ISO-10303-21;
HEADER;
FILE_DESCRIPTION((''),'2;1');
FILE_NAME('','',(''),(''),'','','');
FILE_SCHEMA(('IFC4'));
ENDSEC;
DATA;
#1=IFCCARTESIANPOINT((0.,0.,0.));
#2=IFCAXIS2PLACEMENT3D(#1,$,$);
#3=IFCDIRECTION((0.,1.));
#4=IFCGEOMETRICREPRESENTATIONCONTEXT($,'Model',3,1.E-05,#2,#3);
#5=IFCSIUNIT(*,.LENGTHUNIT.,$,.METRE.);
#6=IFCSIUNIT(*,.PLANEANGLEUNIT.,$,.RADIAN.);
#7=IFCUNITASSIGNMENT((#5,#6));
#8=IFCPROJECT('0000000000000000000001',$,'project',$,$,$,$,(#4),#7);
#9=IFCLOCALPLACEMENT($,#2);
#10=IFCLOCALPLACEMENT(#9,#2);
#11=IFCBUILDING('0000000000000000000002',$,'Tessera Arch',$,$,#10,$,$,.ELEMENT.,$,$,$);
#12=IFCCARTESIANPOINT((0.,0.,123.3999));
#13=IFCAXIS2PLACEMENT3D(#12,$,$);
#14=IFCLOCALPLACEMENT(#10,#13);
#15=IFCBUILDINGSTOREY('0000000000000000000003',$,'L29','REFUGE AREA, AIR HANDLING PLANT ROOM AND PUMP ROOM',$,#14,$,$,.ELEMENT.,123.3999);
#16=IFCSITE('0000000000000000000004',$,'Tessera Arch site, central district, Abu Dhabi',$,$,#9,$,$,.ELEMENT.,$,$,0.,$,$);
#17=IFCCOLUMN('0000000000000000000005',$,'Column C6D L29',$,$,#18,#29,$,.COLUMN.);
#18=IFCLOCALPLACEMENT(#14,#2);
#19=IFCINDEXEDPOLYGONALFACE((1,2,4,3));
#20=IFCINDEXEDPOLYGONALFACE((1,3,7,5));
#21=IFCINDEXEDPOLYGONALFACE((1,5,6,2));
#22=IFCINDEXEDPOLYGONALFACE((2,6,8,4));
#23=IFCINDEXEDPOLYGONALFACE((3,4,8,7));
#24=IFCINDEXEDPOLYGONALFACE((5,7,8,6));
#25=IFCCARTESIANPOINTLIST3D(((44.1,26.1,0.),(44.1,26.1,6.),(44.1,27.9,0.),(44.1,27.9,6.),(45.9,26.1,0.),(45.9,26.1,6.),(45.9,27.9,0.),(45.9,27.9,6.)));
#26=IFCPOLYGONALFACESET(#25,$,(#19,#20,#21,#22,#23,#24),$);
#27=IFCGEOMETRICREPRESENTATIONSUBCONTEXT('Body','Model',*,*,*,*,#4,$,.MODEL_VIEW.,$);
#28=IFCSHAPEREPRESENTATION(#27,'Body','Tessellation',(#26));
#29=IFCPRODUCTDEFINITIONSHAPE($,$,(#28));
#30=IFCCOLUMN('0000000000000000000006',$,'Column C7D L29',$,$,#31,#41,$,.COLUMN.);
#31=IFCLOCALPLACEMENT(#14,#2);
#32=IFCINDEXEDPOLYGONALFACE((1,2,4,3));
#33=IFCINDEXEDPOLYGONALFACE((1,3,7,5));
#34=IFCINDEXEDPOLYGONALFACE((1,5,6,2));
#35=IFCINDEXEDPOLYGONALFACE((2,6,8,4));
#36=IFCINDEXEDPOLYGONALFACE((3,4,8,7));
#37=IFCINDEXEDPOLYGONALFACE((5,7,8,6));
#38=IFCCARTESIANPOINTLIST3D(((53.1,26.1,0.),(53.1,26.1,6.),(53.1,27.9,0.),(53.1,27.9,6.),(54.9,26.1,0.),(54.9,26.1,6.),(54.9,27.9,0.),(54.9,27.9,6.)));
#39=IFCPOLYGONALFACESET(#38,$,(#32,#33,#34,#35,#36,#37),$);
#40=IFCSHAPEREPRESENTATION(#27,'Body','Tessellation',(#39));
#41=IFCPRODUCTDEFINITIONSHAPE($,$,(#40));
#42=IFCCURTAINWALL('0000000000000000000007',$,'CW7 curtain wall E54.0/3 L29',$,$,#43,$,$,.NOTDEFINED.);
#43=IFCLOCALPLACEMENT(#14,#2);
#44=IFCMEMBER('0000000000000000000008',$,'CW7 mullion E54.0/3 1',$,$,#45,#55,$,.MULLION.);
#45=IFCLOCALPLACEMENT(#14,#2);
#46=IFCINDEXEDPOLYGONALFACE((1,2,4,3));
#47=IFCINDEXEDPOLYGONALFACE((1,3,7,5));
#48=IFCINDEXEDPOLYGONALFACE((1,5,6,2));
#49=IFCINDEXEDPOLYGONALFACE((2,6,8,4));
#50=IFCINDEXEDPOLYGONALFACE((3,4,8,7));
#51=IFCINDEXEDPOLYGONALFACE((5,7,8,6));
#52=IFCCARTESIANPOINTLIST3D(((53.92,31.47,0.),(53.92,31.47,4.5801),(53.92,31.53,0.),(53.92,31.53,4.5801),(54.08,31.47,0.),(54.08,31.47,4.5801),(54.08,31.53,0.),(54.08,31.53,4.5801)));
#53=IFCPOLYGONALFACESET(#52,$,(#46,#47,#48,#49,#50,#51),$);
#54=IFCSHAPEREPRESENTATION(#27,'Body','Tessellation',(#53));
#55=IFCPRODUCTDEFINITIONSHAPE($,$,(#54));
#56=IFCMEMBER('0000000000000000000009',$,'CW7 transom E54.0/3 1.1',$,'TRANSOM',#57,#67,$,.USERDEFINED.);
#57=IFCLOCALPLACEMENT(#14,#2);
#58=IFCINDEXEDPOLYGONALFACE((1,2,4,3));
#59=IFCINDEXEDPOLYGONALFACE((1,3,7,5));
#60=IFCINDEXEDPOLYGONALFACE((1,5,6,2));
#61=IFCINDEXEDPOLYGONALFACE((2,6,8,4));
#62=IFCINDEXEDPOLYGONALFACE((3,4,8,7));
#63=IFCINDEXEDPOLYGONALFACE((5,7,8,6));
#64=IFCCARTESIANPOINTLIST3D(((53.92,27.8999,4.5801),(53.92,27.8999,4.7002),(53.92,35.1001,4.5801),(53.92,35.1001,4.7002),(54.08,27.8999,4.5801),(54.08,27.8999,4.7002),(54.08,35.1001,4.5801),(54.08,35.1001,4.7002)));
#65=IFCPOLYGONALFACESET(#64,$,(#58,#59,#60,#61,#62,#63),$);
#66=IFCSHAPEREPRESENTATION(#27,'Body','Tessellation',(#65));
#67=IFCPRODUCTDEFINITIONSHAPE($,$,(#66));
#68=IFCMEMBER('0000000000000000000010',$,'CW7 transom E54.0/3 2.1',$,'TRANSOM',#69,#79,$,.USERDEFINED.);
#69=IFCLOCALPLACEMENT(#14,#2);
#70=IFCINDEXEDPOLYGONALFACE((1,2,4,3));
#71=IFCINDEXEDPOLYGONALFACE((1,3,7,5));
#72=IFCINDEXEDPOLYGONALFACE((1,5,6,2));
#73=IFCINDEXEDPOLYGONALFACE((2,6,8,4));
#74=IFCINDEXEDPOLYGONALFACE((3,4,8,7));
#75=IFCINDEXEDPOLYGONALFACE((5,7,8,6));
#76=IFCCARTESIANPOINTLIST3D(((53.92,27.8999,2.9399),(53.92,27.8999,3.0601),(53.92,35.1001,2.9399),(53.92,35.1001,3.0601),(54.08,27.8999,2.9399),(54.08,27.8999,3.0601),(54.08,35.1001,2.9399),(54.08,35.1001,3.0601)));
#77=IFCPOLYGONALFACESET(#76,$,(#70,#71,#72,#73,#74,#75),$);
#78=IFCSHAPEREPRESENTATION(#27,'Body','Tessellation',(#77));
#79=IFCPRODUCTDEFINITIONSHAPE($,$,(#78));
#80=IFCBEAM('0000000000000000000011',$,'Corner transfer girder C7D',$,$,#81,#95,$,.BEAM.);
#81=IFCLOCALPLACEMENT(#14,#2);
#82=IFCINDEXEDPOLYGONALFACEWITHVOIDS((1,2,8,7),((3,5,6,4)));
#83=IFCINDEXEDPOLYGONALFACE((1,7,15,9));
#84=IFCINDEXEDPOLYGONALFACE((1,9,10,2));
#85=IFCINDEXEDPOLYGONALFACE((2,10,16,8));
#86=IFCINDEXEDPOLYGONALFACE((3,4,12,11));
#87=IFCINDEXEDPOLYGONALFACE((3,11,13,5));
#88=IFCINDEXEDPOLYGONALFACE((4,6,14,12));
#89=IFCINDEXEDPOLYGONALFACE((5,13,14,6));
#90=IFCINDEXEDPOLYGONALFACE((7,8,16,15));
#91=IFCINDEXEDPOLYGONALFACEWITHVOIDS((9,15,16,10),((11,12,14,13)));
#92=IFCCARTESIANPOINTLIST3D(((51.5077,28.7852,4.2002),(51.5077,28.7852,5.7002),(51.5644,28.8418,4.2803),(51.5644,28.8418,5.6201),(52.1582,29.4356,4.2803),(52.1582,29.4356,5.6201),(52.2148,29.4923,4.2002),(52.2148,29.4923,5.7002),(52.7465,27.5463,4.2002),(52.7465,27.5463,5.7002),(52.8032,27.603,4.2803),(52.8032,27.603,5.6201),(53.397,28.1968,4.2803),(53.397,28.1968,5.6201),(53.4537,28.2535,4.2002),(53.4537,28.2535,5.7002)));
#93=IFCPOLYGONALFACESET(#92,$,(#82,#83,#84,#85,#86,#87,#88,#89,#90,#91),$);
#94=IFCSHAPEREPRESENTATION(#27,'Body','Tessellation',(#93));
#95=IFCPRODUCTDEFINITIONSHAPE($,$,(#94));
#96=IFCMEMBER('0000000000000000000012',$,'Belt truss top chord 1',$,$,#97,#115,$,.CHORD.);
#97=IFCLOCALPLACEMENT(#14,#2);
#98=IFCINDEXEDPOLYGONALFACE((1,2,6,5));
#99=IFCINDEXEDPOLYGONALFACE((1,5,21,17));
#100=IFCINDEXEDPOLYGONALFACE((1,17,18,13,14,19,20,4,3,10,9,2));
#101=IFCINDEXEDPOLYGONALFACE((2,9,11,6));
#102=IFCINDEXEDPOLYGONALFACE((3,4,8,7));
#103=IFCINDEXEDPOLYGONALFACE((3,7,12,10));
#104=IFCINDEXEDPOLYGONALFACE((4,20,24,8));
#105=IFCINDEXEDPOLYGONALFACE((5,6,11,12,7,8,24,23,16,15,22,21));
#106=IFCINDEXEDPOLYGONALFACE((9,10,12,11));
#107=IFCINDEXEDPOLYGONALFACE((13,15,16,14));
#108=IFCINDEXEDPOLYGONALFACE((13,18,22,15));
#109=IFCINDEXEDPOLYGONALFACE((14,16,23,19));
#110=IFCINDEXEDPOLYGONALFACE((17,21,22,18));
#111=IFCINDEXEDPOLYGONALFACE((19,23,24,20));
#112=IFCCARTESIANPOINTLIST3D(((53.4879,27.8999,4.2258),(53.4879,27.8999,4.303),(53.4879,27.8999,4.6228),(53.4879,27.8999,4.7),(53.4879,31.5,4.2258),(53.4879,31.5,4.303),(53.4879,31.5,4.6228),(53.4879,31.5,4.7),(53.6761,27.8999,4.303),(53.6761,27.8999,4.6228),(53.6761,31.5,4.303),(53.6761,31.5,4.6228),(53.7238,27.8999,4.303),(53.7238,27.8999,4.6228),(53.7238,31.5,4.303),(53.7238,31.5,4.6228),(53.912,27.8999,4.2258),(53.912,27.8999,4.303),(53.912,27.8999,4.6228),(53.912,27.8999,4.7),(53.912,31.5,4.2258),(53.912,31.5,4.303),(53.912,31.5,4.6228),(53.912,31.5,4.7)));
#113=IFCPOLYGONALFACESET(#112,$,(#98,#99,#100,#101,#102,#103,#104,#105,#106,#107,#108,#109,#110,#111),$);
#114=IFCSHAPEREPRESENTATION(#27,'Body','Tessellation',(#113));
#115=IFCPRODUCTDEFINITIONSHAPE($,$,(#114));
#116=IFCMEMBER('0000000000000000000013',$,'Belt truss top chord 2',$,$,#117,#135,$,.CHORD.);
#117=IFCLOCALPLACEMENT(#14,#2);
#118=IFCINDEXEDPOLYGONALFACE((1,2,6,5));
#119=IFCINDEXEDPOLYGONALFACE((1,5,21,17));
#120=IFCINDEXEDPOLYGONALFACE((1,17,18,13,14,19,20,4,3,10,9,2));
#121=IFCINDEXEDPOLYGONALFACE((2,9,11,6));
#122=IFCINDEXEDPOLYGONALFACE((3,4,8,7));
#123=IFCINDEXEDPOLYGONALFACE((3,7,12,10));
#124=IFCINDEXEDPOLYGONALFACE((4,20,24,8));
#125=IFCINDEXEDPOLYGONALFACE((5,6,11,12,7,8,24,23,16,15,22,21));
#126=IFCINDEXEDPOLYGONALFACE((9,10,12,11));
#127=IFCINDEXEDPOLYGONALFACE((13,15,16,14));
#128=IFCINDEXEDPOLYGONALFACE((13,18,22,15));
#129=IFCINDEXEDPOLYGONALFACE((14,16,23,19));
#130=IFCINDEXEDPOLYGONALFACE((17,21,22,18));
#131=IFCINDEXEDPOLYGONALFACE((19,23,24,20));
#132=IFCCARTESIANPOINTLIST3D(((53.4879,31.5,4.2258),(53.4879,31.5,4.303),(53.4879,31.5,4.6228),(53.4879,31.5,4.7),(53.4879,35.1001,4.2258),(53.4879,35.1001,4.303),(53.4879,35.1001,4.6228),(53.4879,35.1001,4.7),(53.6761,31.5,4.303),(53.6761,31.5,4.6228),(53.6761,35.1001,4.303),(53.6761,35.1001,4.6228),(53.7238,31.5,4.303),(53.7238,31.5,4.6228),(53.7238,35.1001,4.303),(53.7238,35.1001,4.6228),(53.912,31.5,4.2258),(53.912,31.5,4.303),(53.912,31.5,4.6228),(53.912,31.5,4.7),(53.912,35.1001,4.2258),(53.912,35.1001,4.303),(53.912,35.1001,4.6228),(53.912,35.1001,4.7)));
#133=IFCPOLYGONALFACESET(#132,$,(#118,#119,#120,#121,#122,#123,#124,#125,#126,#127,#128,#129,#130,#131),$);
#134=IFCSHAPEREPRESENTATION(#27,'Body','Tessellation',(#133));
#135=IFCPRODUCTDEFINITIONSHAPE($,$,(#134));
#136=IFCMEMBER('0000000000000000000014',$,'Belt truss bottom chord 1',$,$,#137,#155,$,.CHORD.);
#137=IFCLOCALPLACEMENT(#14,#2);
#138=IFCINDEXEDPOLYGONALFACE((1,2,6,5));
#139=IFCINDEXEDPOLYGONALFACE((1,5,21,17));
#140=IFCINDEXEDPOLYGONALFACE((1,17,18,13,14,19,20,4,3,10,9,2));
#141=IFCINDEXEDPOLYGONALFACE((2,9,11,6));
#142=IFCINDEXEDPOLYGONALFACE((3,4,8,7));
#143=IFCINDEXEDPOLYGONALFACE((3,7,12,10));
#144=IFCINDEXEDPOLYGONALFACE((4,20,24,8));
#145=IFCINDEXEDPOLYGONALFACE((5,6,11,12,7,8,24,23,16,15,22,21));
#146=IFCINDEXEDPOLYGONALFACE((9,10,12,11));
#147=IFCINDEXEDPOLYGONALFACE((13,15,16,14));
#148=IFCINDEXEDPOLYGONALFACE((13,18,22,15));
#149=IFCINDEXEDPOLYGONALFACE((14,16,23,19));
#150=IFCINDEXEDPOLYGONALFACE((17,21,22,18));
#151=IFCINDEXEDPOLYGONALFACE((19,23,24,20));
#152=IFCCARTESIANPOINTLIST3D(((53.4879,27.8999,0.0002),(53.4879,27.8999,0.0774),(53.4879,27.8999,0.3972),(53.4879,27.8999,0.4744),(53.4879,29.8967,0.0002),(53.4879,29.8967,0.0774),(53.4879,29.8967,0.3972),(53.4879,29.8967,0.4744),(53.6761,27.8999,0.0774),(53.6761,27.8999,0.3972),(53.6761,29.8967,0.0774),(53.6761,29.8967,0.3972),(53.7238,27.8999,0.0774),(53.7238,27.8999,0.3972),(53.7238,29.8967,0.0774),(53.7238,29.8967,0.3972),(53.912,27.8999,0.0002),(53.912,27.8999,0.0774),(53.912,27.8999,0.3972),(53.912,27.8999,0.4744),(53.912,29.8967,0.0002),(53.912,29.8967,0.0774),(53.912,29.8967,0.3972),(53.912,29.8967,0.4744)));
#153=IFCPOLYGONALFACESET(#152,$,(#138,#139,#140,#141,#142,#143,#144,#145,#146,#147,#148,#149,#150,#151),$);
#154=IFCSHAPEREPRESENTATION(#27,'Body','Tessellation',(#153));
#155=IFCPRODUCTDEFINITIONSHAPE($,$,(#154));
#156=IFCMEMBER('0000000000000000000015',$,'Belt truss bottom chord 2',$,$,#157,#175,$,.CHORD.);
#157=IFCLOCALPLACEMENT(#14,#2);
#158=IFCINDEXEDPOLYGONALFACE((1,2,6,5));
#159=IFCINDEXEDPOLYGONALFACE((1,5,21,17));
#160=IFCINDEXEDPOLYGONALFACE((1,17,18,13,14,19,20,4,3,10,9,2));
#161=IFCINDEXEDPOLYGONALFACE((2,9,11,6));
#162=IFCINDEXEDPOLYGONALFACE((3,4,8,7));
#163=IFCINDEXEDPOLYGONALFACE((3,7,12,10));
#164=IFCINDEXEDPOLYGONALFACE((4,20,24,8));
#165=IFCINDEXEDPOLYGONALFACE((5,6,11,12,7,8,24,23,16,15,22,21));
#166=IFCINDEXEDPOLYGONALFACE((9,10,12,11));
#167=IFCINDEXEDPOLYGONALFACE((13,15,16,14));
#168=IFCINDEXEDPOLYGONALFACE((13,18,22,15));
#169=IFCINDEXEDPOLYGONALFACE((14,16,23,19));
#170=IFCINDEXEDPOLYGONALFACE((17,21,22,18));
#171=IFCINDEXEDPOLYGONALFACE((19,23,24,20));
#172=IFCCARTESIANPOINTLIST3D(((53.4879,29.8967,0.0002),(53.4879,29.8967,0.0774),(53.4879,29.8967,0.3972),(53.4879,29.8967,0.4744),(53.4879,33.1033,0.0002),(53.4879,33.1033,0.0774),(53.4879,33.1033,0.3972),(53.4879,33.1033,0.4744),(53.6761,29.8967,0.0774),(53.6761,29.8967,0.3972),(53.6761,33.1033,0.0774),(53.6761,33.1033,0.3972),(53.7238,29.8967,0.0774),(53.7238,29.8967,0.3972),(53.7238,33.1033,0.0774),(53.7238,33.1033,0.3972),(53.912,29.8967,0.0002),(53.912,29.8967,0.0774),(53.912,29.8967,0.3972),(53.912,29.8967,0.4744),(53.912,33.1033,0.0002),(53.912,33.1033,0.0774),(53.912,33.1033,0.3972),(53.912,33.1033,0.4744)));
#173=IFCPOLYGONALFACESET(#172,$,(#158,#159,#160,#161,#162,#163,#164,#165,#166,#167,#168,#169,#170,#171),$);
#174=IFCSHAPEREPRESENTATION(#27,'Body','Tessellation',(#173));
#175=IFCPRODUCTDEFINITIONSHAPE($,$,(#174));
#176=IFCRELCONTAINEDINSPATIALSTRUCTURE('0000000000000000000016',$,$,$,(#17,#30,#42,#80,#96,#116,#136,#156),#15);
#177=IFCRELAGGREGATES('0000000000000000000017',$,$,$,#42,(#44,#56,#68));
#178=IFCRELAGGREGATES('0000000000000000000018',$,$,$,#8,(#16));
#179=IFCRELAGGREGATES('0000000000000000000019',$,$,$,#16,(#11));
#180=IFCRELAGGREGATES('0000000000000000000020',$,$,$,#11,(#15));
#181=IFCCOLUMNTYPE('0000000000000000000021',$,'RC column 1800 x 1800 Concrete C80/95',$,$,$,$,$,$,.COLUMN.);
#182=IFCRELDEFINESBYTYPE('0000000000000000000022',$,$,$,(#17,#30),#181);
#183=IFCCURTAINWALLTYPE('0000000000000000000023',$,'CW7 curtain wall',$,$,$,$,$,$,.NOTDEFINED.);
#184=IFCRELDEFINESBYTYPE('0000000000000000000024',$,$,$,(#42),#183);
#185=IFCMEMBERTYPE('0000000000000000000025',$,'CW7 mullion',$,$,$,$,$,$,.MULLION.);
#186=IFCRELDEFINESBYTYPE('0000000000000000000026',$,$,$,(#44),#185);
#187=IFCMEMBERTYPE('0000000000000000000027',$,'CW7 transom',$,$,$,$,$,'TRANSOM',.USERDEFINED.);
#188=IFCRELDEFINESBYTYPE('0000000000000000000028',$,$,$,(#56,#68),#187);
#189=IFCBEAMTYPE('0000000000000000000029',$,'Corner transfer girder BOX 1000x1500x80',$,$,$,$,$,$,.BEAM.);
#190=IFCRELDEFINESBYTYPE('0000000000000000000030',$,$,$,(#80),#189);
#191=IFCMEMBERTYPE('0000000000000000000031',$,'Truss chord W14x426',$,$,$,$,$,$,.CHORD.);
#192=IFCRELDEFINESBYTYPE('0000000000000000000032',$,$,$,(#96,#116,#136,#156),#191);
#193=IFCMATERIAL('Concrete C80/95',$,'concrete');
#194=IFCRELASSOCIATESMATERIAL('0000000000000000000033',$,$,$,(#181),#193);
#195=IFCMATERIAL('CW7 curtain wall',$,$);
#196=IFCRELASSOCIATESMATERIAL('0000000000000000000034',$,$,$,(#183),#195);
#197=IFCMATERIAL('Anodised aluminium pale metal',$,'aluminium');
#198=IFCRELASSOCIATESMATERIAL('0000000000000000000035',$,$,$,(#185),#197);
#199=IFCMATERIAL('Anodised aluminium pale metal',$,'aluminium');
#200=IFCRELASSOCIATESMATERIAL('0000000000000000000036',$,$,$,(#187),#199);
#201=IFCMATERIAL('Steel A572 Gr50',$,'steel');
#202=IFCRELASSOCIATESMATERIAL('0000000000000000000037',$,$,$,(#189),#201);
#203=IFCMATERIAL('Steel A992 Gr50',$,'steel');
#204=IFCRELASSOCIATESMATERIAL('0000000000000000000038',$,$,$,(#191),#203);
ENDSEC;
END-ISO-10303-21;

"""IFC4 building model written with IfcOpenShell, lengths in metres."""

from ifc_helpers import new_model, si_unit, direction, frame, origin, origin_2d, place, context, subcontext, project, spatial, rectangle, hollow_rectangle, i_section, extrude, material, material_profile, profile_set, type_object, element, aggregate, save


model = new_model("IFC4")

# Units and contexts
model_context = context("Model", 3, precision=1e-05, world=origin(), true_north=direction((0.0, 1.0)))
body_context = subcontext(model_context, "Body", "Model", "MODEL_VIEW")
ifc_project = project(units=[si_unit("LENGTHUNIT", "METRE"), si_unit("PLANEANGLEUNIT", "RADIAN")], contexts=[model_context])

# Site, building, storey
site_placement = place(None, origin())
site = spatial("IfcSite", under=ifc_project, at=site_placement, Name="Tessera Arch site, central district, Abu Dhabi", CompositionType="ELEMENT", RefElevation=0.0)
building_placement = place(site_placement, origin())
building = spatial("IfcBuilding", under=site, at=building_placement, Name="Tessera Arch", CompositionType="ELEMENT")
storey_placement = place(building_placement, frame((0.0, 0.0, 123.3999)))
storey = spatial("IfcBuildingStorey", under=building, at=storey_placement, Name="L29", Description="REFUGE AREA, AIR HANDLING PLANT ROOM AND PUMP ROOM", CompositionType="ELEMENT", Elevation=123.3999)

# Columns
ifc_material_1 = material(Name="Concrete C80/95", Category="concrete")
ifc_material_profile_1 = material_profile(ifc_material_1, rectangle(XDim=1.8, YDim=1.8, at=origin_2d()), Name="RC column 1800 x 1800 Concrete C80/95")
ifc_profile_set_1 = profile_set([ifc_material_profile_1], Name="Concrete C80/95")
column_type = type_object("IfcColumnType", Name="RC column 1800 x 1800 Concrete C80/95", PredefinedType="COLUMN", material=ifc_profile_set_1)
for number, where, z_axis, x_axis, name in (
    (1, (45.0, 27.0, 0.0), (0.0, 0.0, 1.0), (1.0, 0.0, 0.0), "Column C6D L29"),
    (2, (54.0, 27.0, 0.0), (0.0, 0.0, 1.0), (1.0, 0.0, 0.0), "Column C7D L29"),
):
    element("IfcColumn", number, at=place(storey_placement, frame(where, z_axis=z_axis, x_axis=x_axis)), inside=storey, type_object=column_type, Name=name, PredefinedType="COLUMN", context=body_context, shape_type="SweptSolid", body=[
        extrude(rectangle(XDim=1.8, YDim=1.8, at=origin_2d()), origin(), (0.0, 0.0, 1.0), 6.0),
    ])

# Curtain wall, members
ifc_material_2 = material(Name="CW7 curtain wall")
curtain_wall_type = type_object("IfcCurtainWallType", Name="CW7 curtain wall", PredefinedType="NOTDEFINED", material=ifc_material_2)
curtain_wall_placement = place(storey_placement, origin())
curtain_wall = element("IfcCurtainWall", 3, at=curtain_wall_placement, inside=storey, type_object=curtain_wall_type, Name="CW7 curtain wall E54.0/3 L29", PredefinedType="NOTDEFINED")
ifc_material_3 = material(Name="Anodised aluminium pale metal", Category="aluminium")
ifc_material_profile_2 = material_profile(ifc_material_3, rectangle(XDim=0.1599, YDim=0.0601, at=origin_2d()), Name="AL 60x160")
ifc_profile_set_2 = profile_set([ifc_material_profile_2], Name="Anodised aluminium pale metal")
member_type_1 = type_object("IfcMemberType", Name="CW7 mullion", PredefinedType="MULLION", material=ifc_profile_set_2)
member_1_placement = place(storey_placement, frame((54.0, 31.5, 0.0), z_axis=(0.0, 0.0, 1.0), x_axis=(-1.0, 0.0, 0.0)))
member_1 = element("IfcMember", 4, at=member_1_placement, type_object=member_type_1, Name="CW7 mullion E54.0/3 1", PredefinedType="MULLION", context=body_context, shape_type="SweptSolid", body=[
    extrude(rectangle(XDim=0.1599, YDim=0.0601, at=origin_2d()), origin(), (0.0, 0.0, 1.0), 4.5801),
])
ifc_material_4 = material(Name="Anodised aluminium pale metal", Category="aluminium")
ifc_material_profile_3 = material_profile(ifc_material_4, rectangle(XDim=0.1599, YDim=0.1201, at=origin_2d()), Name="AL 160x120")
ifc_profile_set_3 = profile_set([ifc_material_profile_3], Name="Anodised aluminium pale metal")
member_type_2 = type_object("IfcMemberType", Name="CW7 transom", ElementType="TRANSOM", PredefinedType="USERDEFINED", material=ifc_profile_set_3)
member_2_placement = place(storey_placement, frame((54.0, 27.8999, 4.6401), z_axis=(0.0, 1.0, 0.0), x_axis=(-1.0, 0.0, 0.0)))
member_2 = element("IfcMember", 5, at=member_2_placement, type_object=member_type_2, Name="CW7 transom E54.0/3 1.1", ObjectType="TRANSOM", PredefinedType="USERDEFINED", context=body_context, shape_type="SweptSolid", body=[
    extrude(rectangle(XDim=0.1599, YDim=0.1201, at=origin_2d()), origin(), (0.0, 0.0, 1.0), 7.2002),
])
member_3_placement = place(storey_placement, frame((54.0, 27.8999, 3.0), z_axis=(0.0, 1.0, 0.0), x_axis=(-1.0, 0.0, 0.0)))
member_3 = element("IfcMember", 6, at=member_3_placement, type_object=member_type_2, Name="CW7 transom E54.0/3 2.1", ObjectType="TRANSOM", PredefinedType="USERDEFINED", context=body_context, shape_type="SweptSolid", body=[
    extrude(rectangle(XDim=0.1599, YDim=0.1201, at=origin_2d()), origin(), (0.0, 0.0, 1.0), 7.2002),
])

# Beam
ifc_material_5 = material(Name="Steel A572 Gr50", Category="steel")
ifc_material_profile_4 = material_profile(ifc_material_5, hollow_rectangle(XDim=1.0, YDim=1.5, WallThickness=0.0801, at=origin_2d()), Name="BOX 1000x1500x80")
ifc_profile_set_4 = profile_set([ifc_material_profile_4], Name="Steel A572 Gr50")
beam_type = type_object("IfcBeamType", Name="Corner transfer girder BOX 1000x1500x80", PredefinedType="BEAM", material=ifc_profile_set_4)
beam_placement = place(storey_placement, frame((53.1001, 27.8999, 4.9502), z_axis=(-0.707107, 0.707107, 0.0), x_axis=(-0.707107, -0.707107, 0.0)))
element("IfcBeam", 7, at=beam_placement, inside=storey, type_object=beam_type, Name="Corner transfer girder C7D", PredefinedType="BEAM", context=body_context, shape_type="SweptSolid", body=[
    extrude(hollow_rectangle(XDim=1.0, YDim=1.5, WallThickness=0.0801, at=origin_2d()), origin(), (0.0, 0.0, 1.0), 1.752),
])

# Members
ifc_material_6 = material(Name="Steel A992 Gr50", Category="steel")
ifc_material_profile_5 = material_profile(ifc_material_6, i_section(OverallWidth=0.4241, OverallDepth=0.4741, WebThickness=0.0476, FlangeThickness=0.0771, at=origin_2d()), Name="W14x426")
ifc_profile_set_5 = profile_set([ifc_material_profile_5], Name="Steel A992 Gr50")
member_type_3 = type_object("IfcMemberType", Name="Truss chord W14x426", PredefinedType="CHORD", material=ifc_profile_set_5)
for number, where, z_axis, x_axis, name in (
    (8, (53.7, 27.8999, 4.4629), (0.0, 1.0, 0.0), (-1.0, 0.0, 0.0), "Belt truss top chord 1"),
    (9, (53.7, 31.5, 4.4629), (0.0, 1.0, 0.0), (-1.0, 0.0, 0.0), "Belt truss top chord 2"),
):
    element("IfcMember", number, at=place(storey_placement, frame(where, z_axis=z_axis, x_axis=x_axis)), inside=storey, type_object=member_type_3, Name=name, PredefinedType="CHORD", context=body_context, shape_type="SweptSolid", body=[
        extrude(i_section(OverallWidth=0.4241, OverallDepth=0.4741, WebThickness=0.0476, FlangeThickness=0.0771, at=origin_2d()), origin(), (0.0, 0.0, 1.0), 3.6001),
    ])
member_4_placement = place(storey_placement, frame((53.7, 27.8999, 0.2373), z_axis=(0.0, 1.0, 0.0), x_axis=(-1.0, 0.0, 0.0)))
element("IfcMember", 10, at=member_4_placement, inside=storey, type_object=member_type_3, Name="Belt truss bottom chord 1", PredefinedType="CHORD", context=body_context, shape_type="SweptSolid", body=[
    extrude(i_section(OverallWidth=0.4241, OverallDepth=0.4741, WebThickness=0.0476, FlangeThickness=0.0771, at=origin_2d()), origin(), (0.0, 0.0, 1.0), 1.9968),
])
member_5_placement = place(storey_placement, frame((53.7, 29.8967, 0.2373), z_axis=(0.0, 1.0, 0.0), x_axis=(-1.0, 0.0, 0.0)))
element("IfcMember", 11, at=member_5_placement, inside=storey, type_object=member_type_3, Name="Belt truss bottom chord 2", PredefinedType="CHORD", context=body_context, shape_type="SweptSolid", body=[
    extrude(i_section(OverallWidth=0.4241, OverallDepth=0.4741, WebThickness=0.0476, FlangeThickness=0.0771, at=origin_2d()), origin(), (0.0, 0.0, 1.0), 3.2065),
])

aggregate(curtain_wall, [member_1, member_2, member_3])

save(model, "model.ifc")
